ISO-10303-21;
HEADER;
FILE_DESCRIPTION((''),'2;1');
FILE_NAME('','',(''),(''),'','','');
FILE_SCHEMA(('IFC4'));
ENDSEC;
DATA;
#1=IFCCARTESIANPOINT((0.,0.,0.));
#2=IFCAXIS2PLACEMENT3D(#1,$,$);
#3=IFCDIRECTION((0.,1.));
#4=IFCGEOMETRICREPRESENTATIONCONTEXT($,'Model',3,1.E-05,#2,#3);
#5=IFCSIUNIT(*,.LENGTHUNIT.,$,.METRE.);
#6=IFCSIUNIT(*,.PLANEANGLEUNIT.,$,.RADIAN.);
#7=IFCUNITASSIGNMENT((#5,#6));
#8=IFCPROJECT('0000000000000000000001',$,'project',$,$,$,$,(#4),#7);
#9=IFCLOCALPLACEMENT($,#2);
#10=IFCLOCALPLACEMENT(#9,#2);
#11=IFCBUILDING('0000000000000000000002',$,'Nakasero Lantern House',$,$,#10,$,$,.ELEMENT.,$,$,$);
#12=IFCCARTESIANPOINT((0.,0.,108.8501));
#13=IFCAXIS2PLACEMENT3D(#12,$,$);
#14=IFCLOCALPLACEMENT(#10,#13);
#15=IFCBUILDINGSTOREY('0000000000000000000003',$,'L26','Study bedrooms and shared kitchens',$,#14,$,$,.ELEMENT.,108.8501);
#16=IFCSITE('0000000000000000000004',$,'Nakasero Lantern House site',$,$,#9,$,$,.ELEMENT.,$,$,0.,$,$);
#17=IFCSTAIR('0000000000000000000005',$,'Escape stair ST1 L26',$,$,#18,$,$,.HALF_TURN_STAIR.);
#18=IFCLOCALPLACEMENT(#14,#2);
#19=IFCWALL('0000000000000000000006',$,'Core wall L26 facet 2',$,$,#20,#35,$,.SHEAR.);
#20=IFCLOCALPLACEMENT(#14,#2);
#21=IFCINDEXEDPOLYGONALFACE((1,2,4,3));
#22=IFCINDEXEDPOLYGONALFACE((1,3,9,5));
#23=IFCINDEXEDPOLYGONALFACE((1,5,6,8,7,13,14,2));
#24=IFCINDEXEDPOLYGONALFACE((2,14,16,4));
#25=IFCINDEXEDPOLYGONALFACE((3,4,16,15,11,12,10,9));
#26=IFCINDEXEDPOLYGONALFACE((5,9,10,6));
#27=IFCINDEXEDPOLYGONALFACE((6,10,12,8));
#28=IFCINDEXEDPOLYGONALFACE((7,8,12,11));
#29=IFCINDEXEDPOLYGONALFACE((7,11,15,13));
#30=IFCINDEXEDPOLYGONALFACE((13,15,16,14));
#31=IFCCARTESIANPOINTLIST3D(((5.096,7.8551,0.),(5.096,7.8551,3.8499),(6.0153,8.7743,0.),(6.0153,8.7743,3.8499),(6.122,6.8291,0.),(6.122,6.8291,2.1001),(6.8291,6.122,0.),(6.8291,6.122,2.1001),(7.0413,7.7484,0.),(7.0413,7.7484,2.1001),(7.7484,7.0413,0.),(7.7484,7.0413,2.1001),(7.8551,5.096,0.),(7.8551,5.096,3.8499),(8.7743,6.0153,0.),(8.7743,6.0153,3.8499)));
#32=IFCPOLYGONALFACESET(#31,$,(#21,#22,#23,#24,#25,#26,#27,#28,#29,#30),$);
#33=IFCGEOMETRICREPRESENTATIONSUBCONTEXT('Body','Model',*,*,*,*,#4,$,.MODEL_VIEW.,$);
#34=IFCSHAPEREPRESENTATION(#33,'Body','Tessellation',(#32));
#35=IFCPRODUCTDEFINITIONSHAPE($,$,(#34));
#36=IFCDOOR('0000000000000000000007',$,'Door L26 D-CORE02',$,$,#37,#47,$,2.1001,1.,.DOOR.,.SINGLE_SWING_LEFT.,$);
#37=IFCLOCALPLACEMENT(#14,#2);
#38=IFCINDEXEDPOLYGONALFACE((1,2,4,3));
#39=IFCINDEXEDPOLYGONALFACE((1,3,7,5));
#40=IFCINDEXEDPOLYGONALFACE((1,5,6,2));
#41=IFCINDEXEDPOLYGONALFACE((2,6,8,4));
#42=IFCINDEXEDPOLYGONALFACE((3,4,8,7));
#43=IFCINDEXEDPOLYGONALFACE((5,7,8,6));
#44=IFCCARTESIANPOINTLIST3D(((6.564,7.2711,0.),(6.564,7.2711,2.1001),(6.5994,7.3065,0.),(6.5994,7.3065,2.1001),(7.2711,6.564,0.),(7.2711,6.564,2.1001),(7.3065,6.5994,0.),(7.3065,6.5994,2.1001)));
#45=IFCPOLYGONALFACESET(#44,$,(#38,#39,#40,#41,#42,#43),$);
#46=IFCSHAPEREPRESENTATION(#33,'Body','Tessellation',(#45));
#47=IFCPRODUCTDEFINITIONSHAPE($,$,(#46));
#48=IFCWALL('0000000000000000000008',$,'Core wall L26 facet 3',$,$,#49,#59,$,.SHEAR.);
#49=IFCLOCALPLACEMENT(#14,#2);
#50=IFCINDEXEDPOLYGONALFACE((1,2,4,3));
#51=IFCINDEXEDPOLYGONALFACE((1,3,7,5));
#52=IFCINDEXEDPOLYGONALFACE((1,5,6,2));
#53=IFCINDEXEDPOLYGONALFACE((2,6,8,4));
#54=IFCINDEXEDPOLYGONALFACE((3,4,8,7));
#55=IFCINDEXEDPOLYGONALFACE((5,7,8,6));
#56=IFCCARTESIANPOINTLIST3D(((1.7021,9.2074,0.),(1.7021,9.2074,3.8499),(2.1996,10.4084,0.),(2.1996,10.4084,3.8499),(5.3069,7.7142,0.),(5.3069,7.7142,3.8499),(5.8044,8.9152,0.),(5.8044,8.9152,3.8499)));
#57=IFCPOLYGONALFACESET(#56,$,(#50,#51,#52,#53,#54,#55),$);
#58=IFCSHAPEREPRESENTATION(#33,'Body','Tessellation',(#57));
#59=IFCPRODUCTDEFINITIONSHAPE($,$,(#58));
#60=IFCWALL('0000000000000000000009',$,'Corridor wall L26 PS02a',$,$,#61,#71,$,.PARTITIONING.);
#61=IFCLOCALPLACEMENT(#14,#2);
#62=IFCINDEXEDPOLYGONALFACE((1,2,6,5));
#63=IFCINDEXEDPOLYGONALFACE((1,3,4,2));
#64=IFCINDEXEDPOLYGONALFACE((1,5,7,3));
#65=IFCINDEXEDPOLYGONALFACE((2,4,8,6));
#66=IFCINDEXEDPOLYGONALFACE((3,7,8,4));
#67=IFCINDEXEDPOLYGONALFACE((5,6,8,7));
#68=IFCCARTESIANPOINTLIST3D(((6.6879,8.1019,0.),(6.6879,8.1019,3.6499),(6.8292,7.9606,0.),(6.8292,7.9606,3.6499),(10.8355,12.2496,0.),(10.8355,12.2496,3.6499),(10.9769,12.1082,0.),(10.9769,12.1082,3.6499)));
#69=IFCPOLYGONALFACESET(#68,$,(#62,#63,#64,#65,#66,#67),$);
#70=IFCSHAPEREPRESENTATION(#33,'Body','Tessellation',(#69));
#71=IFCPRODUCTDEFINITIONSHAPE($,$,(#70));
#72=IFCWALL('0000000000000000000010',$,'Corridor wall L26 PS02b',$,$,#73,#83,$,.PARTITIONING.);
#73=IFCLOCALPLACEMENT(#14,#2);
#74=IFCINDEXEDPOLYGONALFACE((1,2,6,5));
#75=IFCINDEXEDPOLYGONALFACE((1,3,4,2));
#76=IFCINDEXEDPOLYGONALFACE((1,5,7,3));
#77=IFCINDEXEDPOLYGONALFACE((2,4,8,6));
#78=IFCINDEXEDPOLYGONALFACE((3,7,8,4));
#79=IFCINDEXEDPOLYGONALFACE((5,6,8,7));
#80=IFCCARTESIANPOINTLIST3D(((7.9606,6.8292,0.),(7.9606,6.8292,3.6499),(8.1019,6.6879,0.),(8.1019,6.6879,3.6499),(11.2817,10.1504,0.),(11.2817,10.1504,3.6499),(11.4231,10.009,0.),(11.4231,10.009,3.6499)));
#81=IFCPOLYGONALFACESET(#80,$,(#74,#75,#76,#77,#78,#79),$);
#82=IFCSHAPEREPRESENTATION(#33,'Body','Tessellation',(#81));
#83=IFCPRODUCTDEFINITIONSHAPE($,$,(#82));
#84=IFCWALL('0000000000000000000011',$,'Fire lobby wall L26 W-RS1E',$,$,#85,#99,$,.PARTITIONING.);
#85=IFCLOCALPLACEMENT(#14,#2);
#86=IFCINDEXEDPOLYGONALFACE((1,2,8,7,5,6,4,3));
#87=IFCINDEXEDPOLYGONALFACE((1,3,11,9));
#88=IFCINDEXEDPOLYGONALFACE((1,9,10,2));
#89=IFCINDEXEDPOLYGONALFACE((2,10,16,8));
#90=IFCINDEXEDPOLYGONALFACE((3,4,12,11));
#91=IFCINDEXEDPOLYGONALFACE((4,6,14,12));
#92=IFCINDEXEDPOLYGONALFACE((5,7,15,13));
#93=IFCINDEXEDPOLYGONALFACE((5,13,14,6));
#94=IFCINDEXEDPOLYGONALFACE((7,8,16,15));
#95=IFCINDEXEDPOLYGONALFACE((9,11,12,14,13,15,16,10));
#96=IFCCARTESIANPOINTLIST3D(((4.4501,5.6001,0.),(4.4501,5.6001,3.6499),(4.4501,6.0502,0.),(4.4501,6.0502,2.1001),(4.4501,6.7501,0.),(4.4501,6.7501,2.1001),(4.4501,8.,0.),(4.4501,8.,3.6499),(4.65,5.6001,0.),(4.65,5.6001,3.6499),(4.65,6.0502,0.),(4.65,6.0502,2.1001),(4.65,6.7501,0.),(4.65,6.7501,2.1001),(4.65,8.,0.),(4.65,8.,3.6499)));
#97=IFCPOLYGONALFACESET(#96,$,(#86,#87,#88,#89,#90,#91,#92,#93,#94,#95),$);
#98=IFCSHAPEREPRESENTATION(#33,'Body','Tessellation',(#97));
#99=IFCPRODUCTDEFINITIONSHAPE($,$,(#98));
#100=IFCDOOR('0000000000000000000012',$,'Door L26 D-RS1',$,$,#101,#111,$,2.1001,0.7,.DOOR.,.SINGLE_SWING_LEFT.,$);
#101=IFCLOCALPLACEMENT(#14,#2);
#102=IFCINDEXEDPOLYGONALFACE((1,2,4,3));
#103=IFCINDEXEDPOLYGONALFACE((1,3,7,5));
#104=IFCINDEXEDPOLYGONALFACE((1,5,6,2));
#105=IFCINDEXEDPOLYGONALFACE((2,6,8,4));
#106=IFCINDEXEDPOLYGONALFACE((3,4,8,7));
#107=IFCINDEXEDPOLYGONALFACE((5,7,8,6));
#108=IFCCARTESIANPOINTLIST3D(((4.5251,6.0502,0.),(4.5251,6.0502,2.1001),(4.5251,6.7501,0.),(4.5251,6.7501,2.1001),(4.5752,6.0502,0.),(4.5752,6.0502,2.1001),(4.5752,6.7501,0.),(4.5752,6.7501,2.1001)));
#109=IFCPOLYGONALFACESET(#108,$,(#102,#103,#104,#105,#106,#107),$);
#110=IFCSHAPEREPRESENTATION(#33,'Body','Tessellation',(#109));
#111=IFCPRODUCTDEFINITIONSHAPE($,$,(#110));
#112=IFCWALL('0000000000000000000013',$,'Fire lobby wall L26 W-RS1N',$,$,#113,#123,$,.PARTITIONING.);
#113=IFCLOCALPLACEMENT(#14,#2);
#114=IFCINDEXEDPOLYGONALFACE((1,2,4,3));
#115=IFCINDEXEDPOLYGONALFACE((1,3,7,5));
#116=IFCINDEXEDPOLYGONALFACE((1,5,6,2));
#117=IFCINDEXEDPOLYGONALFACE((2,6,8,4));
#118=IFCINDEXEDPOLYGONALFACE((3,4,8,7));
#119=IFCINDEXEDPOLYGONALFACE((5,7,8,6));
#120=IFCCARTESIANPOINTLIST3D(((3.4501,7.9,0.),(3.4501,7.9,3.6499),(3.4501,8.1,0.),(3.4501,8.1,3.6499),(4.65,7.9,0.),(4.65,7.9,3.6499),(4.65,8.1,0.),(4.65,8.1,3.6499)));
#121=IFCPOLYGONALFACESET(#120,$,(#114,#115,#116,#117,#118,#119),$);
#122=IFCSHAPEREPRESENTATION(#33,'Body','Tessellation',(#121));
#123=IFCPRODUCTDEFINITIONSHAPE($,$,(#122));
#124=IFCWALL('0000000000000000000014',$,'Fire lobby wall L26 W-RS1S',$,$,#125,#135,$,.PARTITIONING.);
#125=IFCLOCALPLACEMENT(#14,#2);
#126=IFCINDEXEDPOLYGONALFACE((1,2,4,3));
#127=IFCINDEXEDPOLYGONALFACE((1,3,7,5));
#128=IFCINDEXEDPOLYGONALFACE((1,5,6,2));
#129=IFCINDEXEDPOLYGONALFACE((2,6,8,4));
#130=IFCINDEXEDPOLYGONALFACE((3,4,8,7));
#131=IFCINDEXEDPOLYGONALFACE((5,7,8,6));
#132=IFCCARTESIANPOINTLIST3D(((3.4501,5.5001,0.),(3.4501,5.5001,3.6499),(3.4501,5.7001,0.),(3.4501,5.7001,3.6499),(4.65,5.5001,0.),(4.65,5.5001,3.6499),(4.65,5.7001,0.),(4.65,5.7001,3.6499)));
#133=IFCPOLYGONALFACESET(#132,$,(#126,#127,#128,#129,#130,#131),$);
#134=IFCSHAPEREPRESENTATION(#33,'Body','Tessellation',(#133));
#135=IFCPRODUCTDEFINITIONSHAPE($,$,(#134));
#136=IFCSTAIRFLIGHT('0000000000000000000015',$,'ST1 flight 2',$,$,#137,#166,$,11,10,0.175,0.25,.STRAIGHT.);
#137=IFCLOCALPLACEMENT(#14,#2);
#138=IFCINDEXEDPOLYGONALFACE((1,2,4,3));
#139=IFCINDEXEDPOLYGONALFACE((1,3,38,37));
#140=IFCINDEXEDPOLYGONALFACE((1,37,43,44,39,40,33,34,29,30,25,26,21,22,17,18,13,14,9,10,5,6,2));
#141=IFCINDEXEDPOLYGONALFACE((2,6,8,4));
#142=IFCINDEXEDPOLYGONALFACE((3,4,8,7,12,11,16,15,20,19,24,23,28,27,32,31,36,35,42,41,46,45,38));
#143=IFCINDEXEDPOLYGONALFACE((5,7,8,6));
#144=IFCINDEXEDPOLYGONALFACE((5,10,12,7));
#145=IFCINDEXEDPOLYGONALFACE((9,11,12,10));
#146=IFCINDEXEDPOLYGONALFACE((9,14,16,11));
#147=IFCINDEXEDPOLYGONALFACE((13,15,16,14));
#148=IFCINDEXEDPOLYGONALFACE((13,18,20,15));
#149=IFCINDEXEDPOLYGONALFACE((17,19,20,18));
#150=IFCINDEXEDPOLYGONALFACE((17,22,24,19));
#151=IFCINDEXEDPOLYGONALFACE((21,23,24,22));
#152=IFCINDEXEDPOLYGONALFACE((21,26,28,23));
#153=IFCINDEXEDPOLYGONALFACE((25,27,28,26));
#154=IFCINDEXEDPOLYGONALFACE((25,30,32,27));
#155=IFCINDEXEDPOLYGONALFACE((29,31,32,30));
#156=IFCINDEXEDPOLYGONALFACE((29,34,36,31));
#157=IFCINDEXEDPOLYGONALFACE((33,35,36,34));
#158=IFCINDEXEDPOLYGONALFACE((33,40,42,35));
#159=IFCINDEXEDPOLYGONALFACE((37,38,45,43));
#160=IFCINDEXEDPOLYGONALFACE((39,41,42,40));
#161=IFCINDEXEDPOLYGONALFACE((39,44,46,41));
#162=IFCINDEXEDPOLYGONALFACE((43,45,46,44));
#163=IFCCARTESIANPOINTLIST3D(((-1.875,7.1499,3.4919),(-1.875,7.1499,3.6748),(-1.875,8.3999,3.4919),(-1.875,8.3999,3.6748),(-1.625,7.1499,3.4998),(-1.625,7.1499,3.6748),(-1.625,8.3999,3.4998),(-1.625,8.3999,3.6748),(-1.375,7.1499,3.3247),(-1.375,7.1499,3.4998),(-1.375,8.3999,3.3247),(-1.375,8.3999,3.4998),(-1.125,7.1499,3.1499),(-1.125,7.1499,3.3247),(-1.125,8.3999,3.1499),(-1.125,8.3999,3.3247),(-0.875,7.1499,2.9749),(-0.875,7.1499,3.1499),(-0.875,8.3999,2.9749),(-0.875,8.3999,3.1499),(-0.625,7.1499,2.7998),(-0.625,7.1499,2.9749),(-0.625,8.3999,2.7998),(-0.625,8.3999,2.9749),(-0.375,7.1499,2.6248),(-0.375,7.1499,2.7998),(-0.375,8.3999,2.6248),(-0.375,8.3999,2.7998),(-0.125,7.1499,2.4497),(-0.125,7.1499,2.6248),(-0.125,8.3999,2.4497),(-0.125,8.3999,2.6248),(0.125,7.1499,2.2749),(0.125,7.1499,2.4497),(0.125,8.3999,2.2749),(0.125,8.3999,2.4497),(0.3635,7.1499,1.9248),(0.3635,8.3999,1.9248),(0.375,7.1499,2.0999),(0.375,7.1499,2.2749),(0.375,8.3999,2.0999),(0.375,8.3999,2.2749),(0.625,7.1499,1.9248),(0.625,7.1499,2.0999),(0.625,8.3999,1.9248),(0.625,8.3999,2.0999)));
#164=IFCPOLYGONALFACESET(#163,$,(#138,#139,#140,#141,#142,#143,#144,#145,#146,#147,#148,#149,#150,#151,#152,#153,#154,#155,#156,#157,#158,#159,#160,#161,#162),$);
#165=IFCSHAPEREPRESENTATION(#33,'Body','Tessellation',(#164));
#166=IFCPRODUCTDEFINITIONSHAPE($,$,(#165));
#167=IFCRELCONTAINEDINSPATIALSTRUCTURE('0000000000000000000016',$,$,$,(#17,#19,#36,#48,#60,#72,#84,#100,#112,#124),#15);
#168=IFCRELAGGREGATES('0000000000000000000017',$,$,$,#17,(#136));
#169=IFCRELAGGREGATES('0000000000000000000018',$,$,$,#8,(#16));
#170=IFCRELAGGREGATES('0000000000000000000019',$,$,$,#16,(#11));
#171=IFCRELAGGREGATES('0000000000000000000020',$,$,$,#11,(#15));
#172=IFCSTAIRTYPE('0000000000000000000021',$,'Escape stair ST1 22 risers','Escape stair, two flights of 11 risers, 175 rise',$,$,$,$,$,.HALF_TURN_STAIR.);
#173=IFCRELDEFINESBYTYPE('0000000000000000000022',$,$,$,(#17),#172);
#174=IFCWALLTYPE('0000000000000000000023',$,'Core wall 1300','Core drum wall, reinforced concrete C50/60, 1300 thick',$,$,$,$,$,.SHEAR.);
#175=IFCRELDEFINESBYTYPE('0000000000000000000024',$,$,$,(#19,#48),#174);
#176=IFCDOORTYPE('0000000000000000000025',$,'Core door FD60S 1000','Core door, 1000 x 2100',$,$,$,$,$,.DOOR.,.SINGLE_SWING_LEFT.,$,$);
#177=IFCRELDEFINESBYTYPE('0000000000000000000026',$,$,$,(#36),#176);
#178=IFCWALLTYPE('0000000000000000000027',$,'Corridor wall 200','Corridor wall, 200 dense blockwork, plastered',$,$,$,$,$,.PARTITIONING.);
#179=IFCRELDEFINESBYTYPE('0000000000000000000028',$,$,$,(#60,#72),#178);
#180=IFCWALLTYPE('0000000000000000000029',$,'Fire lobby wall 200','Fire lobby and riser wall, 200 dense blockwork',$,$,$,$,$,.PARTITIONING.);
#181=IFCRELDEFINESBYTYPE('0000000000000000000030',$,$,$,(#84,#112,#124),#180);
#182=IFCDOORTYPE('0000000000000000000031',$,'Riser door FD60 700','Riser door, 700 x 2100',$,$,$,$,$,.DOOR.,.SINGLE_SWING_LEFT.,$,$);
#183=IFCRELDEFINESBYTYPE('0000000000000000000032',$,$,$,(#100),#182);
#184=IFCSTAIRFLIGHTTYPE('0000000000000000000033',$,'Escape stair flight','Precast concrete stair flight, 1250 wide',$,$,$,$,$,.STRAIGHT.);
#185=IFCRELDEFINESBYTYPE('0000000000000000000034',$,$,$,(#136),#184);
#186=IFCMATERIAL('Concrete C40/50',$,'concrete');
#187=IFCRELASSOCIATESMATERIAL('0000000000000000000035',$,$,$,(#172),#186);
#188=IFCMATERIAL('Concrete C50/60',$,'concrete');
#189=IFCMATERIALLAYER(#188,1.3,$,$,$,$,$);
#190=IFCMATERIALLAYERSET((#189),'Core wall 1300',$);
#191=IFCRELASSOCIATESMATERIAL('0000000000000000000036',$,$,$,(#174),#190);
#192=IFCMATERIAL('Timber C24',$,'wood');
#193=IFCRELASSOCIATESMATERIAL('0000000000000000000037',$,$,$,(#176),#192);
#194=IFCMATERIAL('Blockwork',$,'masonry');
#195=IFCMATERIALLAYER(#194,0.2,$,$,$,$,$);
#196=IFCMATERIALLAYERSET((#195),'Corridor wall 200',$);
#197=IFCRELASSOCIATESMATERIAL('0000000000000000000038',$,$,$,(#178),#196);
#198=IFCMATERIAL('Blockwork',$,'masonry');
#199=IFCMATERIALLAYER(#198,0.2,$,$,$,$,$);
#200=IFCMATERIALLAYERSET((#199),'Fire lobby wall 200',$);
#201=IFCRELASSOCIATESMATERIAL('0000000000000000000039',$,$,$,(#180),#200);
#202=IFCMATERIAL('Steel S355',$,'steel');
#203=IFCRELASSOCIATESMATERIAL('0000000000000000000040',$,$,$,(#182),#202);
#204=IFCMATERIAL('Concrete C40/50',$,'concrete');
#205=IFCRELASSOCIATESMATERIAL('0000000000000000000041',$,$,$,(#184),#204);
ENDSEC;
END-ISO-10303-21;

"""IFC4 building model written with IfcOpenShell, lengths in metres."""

from ifc_helpers import new_model, si_unit, direction, frame, frame_2d, origin, place, context, subcontext, project, spatial, polyline, rectangle, outline, extrude, material, layer, layer_set, type_object, element, fill, aggregate, save


model = new_model("IFC4")

# Units and contexts
model_context = context("Model", 3, precision=1e-05, world=origin(), true_north=direction((0.0, 1.0)))
body_context = subcontext(model_context, "Body", "Model", "MODEL_VIEW")
ifc_project = project(units=[si_unit("LENGTHUNIT", "METRE"), si_unit("PLANEANGLEUNIT", "RADIAN")], contexts=[model_context])

# Site, building, storey
site_placement = place(None, origin())
site = spatial("IfcSite", under=ifc_project, at=site_placement, Name="Nakasero Lantern House site", CompositionType="ELEMENT", RefElevation=0.0)
building_placement = place(site_placement, origin())
building = spatial("IfcBuilding", under=site, at=building_placement, Name="Nakasero Lantern House", CompositionType="ELEMENT")
storey_placement = place(building_placement, frame((0.0, 0.0, 108.8501)))
storey = spatial("IfcBuildingStorey", under=building, at=storey_placement, Name="L26", Description="Study bedrooms and shared kitchens", CompositionType="ELEMENT", Elevation=108.8501)

# Stair
ifc_material_1 = material(Name="Concrete C40/50", Category="concrete")
stair_type_1 = type_object("IfcStairType", Name="Escape stair ST1 22 risers", Description="Escape stair, two flights of 11 risers, 175 rise", PredefinedType="HALF_TURN_STAIR", material=ifc_material_1)
stair_1_placement = place(storey_placement, origin())
stair_1 = element("IfcStair", 1, at=stair_1_placement, inside=storey, type_object=stair_type_1, Name="Escape stair ST1 L26", PredefinedType="HALF_TURN_STAIR")

# Shared definitions
ifc_material_2 = material(Name="Concrete C50/60", Category="concrete")
ifc_layer_1 = layer(ifc_material_2, 1.3)
ifc_layer_set_1 = layer_set([ifc_layer_1], Name="Core wall 1300")
wall_type_1 = type_object("IfcWallType", Name="Core wall 1300", Description="Core drum wall, reinforced concrete C50/60, 1300 thick", PredefinedType="SHEAR", material=ifc_layer_set_1)

# Wall, opening, door
wall_1_placement = place(storey_placement, frame((8.3147, 5.5557, 0.0), z_axis=(0.0, 0.0, 1.0), x_axis=(-0.707107, 0.707107, 0.0)))
wall_1 = element("IfcWall", 2, at=wall_1_placement, inside=storey, type_object=wall_type_1, Name="Core wall L26 facet 2", PredefinedType="SHEAR", context=body_context, shape_type="SweptSolid", body=[
    extrude(rectangle(XDim=3.9019, YDim=1.3, at=frame_2d((1.9509, 0.0))), origin(), (0.0, 0.0, 1.0), 3.8499),
])
opening_1_placement = place(wall_1_placement, frame((1.4509, 0.0, 0.0)))
opening_1 = element("IfcOpeningElement", 3, at=opening_1_placement, cuts=wall_1, PredefinedType="OPENING", context=body_context, shape_type="SweptSolid", body=[
    extrude(rectangle(XDim=1.0, YDim=2.1001, at=frame_2d((0.5, 1.05))), frame((0.0, 0.6699, 0.0), z_axis=(0.0, -1.0, 0.0), x_axis=(1.0, 0.0, 0.0)), (0.0, 0.0, 1.0), 1.3401),
])
ifc_material_3 = material(Name="Timber C24", Category="wood")
door_type_1 = type_object("IfcDoorType", Name="Core door FD60S 1000", Description="Core door, 1000 x 2100", OperationType="SINGLE_SWING_LEFT", PredefinedType="DOOR", material=ifc_material_3)
door_1_placement = place(opening_1_placement, origin())
door_1 = element("IfcDoor", 4, at=door_1_placement, inside=storey, type_object=door_type_1, Name="Door L26 D-CORE02", OperationType="SINGLE_SWING_LEFT", OverallHeight=2.1001, OverallWidth=1.0, PredefinedType="DOOR", context=body_context, shape_type="SweptSolid", body=[
    extrude(rectangle(XDim=1.0, YDim=2.1001, at=frame_2d((0.5, 1.05))), frame((0.0, 0.0249, 0.0), z_axis=(0.0, -1.0, 0.0), x_axis=(1.0, 0.0, 0.0)), (0.0, 0.0, 1.0), 0.05),
])
fill(opening_1, door_1)

# Walls
wall_2_placement = place(storey_placement, frame((5.5557, 8.3147, 0.0), z_axis=(0.0, 0.0, 1.0), x_axis=(-0.923877, 0.382691, 0.0)))
element("IfcWall", 5, at=wall_2_placement, inside=storey, type_object=wall_type_1, Name="Core wall L26 facet 3", PredefinedType="SHEAR", context=body_context, shape_type="SweptSolid", body=[
    extrude(rectangle(XDim=3.9019, YDim=1.3, at=frame_2d((1.9509, 0.0))), origin(), (0.0, 0.0, 1.0), 3.8499),
])
ifc_material_4 = material(Name="Blockwork", Category="masonry")
ifc_layer_2 = layer(ifc_material_4, 0.2)
ifc_layer_set_2 = layer_set([ifc_layer_2], Name="Corridor wall 200")
wall_type_2 = type_object("IfcWallType", Name="Corridor wall 200", Description="Corridor wall, 200 dense blockwork, plastered", PredefinedType="PARTITIONING", material=ifc_layer_set_2)
wall_3_placement = place(storey_placement, frame((6.7585, 8.0312, 0.0), z_axis=(0.0, 0.0, 1.0), x_axis=(0.707107, 0.707107, 0.0)))
element("IfcWall", 6, at=wall_3_placement, inside=storey, type_object=wall_type_2, Name="Corridor wall L26 PS02a", PredefinedType="PARTITIONING", context=body_context, shape_type="SweptSolid", body=[
    extrude(rectangle(XDim=5.8657, YDim=0.2, at=frame_2d((2.9329, 0.0))), origin(), (0.0, 0.0, 1.0), 3.6499),
])
wall_4_placement = place(storey_placement, frame((8.0312, 6.7585, 0.0), z_axis=(0.0, 0.0, 1.0), x_axis=(0.707107, 0.707107, 0.0)))
element("IfcWall", 7, at=wall_4_placement, inside=storey, type_object=wall_type_2, Name="Corridor wall L26 PS02b", PredefinedType="PARTITIONING", context=body_context, shape_type="SweptSolid", body=[
    extrude(rectangle(XDim=4.6968, YDim=0.2, at=frame_2d((2.3484, 0.0))), origin(), (0.0, 0.0, 1.0), 3.6499),
])

# Wall, opening, door
ifc_material_5 = material(Name="Blockwork", Category="masonry")
ifc_layer_3 = layer(ifc_material_5, 0.2)
ifc_layer_set_3 = layer_set([ifc_layer_3], Name="Fire lobby wall 200")
wall_type_3 = type_object("IfcWallType", Name="Fire lobby wall 200", Description="Fire lobby and riser wall, 200 dense blockwork", PredefinedType="PARTITIONING", material=ifc_layer_set_3)
wall_5_placement = place(storey_placement, frame((4.55, 5.6001, 0.0), z_axis=(0.0, 0.0, 1.0), x_axis=(0.0, 1.0, 0.0)))
wall_5 = element("IfcWall", 8, at=wall_5_placement, inside=storey, type_object=wall_type_3, Name="Fire lobby wall L26 W-RS1E", PredefinedType="PARTITIONING", context=body_context, shape_type="SweptSolid", body=[
    extrude(rectangle(XDim=2.3999, YDim=0.2, at=frame_2d((1.2, 0.0))), origin(), (0.0, 0.0, 1.0), 3.6499),
])
opening_2_placement = place(wall_5_placement, frame((0.45, 0.0, 0.0)))
opening_2 = element("IfcOpeningElement", 9, at=opening_2_placement, cuts=wall_5, PredefinedType="OPENING", context=body_context, shape_type="SweptSolid", body=[
    extrude(rectangle(XDim=0.7, YDim=2.1001, at=frame_2d((0.3501, 1.05))), frame((0.0, 0.1199, 0.0), z_axis=(0.0, -1.0, 0.0), x_axis=(1.0, 0.0, 0.0)), (0.0, 0.0, 1.0), 0.24),
])
ifc_material_6 = material(Name="Steel S355", Category="steel")
door_type_2 = type_object("IfcDoorType", Name="Riser door FD60 700", Description="Riser door, 700 x 2100", OperationType="SINGLE_SWING_LEFT", PredefinedType="DOOR", material=ifc_material_6)
door_2_placement = place(opening_2_placement, origin())
door_2 = element("IfcDoor", 10, at=door_2_placement, inside=storey, type_object=door_type_2, Name="Door L26 D-RS1", OperationType="SINGLE_SWING_LEFT", OverallHeight=2.1001, OverallWidth=0.7, PredefinedType="DOOR", context=body_context, shape_type="SweptSolid", body=[
    extrude(rectangle(XDim=0.7, YDim=2.1001, at=frame_2d((0.3501, 1.05))), frame((0.0, 0.0249, 0.0), z_axis=(0.0, -1.0, 0.0), x_axis=(1.0, 0.0, 0.0)), (0.0, 0.0, 1.0), 0.05),
])
fill(opening_2, door_2)

# Walls
for number, where, z_axis, x_axis, name in (
    (11, (3.45, 8.0, 0.0), (0.0, 0.0, 1.0), (1.0, 0.0, 0.0), "Fire lobby wall L26 W-RS1N"),
    (12, (3.45, 5.6001, 0.0), (0.0, 0.0, 1.0), (1.0, 0.0, 0.0), "Fire lobby wall L26 W-RS1S"),
):
    element("IfcWall", number, at=place(storey_placement, frame(where, z_axis=z_axis, x_axis=x_axis)), inside=storey, type_object=wall_type_3, Name=name, PredefinedType="PARTITIONING", context=body_context, shape_type="SweptSolid", body=[
        extrude(rectangle(XDim=1.2, YDim=0.2, at=frame_2d((0.6001, 0.0))), origin(), (0.0, 0.0, 1.0), 3.6499),
    ])

# Stair flight
ifc_material_7 = material(Name="Concrete C40/50", Category="concrete")
stair_flight_type = type_object("IfcStairFlightType", Name="Escape stair flight", Description="Precast concrete stair flight, 1250 wide", PredefinedType="STRAIGHT", material=ifc_material_7)
stair_flight_placement = place(storey_placement, frame((0.625, 7.7749, 1.9248), z_axis=(0.0, 0.0, 1.0), x_axis=(-1.0, 0.0, 0.0)))
stair_flight = element("IfcStairFlight", 13, at=stair_flight_placement, type_object=stair_flight_type, Name="ST1 flight 2", NumberOfRisers=11, NumberOfTreads=10, PredefinedType="STRAIGHT", RiserHeight=0.175, TreadLength=0.25, context=body_context, shape_type="SweptSolid", body=[
    extrude(outline(polyline([(0.0, 0.0), (0.0, 0.175), (0.25, 0.175), (0.25, 0.3501), (0.5, 0.3501), (0.5, 0.5249), (0.75, 0.5249), (0.75, 0.7), (1.0, 0.7), (1.0, 0.875), (1.25, 0.875), (1.25, 1.05), (1.5, 1.05), (1.5, 1.2251), (1.75, 1.2251), (1.75, 1.3999), (2.0, 1.3999), (2.0, 1.575), (2.25, 1.575), (2.25, 1.75), (2.5, 1.75), (2.5, 1.925), (2.5, 1.5671), (0.2615, 0.0), (0.0, 0.0)])), frame((0.0, 0.625, 0.0), z_axis=(0.0, -1.0, 0.0), x_axis=(1.0, 0.0, 0.0)), (0.0, 0.0, 1.0), 1.25),
])
aggregate(stair_1, [stair_flight])

save(model, "model.ifc")
